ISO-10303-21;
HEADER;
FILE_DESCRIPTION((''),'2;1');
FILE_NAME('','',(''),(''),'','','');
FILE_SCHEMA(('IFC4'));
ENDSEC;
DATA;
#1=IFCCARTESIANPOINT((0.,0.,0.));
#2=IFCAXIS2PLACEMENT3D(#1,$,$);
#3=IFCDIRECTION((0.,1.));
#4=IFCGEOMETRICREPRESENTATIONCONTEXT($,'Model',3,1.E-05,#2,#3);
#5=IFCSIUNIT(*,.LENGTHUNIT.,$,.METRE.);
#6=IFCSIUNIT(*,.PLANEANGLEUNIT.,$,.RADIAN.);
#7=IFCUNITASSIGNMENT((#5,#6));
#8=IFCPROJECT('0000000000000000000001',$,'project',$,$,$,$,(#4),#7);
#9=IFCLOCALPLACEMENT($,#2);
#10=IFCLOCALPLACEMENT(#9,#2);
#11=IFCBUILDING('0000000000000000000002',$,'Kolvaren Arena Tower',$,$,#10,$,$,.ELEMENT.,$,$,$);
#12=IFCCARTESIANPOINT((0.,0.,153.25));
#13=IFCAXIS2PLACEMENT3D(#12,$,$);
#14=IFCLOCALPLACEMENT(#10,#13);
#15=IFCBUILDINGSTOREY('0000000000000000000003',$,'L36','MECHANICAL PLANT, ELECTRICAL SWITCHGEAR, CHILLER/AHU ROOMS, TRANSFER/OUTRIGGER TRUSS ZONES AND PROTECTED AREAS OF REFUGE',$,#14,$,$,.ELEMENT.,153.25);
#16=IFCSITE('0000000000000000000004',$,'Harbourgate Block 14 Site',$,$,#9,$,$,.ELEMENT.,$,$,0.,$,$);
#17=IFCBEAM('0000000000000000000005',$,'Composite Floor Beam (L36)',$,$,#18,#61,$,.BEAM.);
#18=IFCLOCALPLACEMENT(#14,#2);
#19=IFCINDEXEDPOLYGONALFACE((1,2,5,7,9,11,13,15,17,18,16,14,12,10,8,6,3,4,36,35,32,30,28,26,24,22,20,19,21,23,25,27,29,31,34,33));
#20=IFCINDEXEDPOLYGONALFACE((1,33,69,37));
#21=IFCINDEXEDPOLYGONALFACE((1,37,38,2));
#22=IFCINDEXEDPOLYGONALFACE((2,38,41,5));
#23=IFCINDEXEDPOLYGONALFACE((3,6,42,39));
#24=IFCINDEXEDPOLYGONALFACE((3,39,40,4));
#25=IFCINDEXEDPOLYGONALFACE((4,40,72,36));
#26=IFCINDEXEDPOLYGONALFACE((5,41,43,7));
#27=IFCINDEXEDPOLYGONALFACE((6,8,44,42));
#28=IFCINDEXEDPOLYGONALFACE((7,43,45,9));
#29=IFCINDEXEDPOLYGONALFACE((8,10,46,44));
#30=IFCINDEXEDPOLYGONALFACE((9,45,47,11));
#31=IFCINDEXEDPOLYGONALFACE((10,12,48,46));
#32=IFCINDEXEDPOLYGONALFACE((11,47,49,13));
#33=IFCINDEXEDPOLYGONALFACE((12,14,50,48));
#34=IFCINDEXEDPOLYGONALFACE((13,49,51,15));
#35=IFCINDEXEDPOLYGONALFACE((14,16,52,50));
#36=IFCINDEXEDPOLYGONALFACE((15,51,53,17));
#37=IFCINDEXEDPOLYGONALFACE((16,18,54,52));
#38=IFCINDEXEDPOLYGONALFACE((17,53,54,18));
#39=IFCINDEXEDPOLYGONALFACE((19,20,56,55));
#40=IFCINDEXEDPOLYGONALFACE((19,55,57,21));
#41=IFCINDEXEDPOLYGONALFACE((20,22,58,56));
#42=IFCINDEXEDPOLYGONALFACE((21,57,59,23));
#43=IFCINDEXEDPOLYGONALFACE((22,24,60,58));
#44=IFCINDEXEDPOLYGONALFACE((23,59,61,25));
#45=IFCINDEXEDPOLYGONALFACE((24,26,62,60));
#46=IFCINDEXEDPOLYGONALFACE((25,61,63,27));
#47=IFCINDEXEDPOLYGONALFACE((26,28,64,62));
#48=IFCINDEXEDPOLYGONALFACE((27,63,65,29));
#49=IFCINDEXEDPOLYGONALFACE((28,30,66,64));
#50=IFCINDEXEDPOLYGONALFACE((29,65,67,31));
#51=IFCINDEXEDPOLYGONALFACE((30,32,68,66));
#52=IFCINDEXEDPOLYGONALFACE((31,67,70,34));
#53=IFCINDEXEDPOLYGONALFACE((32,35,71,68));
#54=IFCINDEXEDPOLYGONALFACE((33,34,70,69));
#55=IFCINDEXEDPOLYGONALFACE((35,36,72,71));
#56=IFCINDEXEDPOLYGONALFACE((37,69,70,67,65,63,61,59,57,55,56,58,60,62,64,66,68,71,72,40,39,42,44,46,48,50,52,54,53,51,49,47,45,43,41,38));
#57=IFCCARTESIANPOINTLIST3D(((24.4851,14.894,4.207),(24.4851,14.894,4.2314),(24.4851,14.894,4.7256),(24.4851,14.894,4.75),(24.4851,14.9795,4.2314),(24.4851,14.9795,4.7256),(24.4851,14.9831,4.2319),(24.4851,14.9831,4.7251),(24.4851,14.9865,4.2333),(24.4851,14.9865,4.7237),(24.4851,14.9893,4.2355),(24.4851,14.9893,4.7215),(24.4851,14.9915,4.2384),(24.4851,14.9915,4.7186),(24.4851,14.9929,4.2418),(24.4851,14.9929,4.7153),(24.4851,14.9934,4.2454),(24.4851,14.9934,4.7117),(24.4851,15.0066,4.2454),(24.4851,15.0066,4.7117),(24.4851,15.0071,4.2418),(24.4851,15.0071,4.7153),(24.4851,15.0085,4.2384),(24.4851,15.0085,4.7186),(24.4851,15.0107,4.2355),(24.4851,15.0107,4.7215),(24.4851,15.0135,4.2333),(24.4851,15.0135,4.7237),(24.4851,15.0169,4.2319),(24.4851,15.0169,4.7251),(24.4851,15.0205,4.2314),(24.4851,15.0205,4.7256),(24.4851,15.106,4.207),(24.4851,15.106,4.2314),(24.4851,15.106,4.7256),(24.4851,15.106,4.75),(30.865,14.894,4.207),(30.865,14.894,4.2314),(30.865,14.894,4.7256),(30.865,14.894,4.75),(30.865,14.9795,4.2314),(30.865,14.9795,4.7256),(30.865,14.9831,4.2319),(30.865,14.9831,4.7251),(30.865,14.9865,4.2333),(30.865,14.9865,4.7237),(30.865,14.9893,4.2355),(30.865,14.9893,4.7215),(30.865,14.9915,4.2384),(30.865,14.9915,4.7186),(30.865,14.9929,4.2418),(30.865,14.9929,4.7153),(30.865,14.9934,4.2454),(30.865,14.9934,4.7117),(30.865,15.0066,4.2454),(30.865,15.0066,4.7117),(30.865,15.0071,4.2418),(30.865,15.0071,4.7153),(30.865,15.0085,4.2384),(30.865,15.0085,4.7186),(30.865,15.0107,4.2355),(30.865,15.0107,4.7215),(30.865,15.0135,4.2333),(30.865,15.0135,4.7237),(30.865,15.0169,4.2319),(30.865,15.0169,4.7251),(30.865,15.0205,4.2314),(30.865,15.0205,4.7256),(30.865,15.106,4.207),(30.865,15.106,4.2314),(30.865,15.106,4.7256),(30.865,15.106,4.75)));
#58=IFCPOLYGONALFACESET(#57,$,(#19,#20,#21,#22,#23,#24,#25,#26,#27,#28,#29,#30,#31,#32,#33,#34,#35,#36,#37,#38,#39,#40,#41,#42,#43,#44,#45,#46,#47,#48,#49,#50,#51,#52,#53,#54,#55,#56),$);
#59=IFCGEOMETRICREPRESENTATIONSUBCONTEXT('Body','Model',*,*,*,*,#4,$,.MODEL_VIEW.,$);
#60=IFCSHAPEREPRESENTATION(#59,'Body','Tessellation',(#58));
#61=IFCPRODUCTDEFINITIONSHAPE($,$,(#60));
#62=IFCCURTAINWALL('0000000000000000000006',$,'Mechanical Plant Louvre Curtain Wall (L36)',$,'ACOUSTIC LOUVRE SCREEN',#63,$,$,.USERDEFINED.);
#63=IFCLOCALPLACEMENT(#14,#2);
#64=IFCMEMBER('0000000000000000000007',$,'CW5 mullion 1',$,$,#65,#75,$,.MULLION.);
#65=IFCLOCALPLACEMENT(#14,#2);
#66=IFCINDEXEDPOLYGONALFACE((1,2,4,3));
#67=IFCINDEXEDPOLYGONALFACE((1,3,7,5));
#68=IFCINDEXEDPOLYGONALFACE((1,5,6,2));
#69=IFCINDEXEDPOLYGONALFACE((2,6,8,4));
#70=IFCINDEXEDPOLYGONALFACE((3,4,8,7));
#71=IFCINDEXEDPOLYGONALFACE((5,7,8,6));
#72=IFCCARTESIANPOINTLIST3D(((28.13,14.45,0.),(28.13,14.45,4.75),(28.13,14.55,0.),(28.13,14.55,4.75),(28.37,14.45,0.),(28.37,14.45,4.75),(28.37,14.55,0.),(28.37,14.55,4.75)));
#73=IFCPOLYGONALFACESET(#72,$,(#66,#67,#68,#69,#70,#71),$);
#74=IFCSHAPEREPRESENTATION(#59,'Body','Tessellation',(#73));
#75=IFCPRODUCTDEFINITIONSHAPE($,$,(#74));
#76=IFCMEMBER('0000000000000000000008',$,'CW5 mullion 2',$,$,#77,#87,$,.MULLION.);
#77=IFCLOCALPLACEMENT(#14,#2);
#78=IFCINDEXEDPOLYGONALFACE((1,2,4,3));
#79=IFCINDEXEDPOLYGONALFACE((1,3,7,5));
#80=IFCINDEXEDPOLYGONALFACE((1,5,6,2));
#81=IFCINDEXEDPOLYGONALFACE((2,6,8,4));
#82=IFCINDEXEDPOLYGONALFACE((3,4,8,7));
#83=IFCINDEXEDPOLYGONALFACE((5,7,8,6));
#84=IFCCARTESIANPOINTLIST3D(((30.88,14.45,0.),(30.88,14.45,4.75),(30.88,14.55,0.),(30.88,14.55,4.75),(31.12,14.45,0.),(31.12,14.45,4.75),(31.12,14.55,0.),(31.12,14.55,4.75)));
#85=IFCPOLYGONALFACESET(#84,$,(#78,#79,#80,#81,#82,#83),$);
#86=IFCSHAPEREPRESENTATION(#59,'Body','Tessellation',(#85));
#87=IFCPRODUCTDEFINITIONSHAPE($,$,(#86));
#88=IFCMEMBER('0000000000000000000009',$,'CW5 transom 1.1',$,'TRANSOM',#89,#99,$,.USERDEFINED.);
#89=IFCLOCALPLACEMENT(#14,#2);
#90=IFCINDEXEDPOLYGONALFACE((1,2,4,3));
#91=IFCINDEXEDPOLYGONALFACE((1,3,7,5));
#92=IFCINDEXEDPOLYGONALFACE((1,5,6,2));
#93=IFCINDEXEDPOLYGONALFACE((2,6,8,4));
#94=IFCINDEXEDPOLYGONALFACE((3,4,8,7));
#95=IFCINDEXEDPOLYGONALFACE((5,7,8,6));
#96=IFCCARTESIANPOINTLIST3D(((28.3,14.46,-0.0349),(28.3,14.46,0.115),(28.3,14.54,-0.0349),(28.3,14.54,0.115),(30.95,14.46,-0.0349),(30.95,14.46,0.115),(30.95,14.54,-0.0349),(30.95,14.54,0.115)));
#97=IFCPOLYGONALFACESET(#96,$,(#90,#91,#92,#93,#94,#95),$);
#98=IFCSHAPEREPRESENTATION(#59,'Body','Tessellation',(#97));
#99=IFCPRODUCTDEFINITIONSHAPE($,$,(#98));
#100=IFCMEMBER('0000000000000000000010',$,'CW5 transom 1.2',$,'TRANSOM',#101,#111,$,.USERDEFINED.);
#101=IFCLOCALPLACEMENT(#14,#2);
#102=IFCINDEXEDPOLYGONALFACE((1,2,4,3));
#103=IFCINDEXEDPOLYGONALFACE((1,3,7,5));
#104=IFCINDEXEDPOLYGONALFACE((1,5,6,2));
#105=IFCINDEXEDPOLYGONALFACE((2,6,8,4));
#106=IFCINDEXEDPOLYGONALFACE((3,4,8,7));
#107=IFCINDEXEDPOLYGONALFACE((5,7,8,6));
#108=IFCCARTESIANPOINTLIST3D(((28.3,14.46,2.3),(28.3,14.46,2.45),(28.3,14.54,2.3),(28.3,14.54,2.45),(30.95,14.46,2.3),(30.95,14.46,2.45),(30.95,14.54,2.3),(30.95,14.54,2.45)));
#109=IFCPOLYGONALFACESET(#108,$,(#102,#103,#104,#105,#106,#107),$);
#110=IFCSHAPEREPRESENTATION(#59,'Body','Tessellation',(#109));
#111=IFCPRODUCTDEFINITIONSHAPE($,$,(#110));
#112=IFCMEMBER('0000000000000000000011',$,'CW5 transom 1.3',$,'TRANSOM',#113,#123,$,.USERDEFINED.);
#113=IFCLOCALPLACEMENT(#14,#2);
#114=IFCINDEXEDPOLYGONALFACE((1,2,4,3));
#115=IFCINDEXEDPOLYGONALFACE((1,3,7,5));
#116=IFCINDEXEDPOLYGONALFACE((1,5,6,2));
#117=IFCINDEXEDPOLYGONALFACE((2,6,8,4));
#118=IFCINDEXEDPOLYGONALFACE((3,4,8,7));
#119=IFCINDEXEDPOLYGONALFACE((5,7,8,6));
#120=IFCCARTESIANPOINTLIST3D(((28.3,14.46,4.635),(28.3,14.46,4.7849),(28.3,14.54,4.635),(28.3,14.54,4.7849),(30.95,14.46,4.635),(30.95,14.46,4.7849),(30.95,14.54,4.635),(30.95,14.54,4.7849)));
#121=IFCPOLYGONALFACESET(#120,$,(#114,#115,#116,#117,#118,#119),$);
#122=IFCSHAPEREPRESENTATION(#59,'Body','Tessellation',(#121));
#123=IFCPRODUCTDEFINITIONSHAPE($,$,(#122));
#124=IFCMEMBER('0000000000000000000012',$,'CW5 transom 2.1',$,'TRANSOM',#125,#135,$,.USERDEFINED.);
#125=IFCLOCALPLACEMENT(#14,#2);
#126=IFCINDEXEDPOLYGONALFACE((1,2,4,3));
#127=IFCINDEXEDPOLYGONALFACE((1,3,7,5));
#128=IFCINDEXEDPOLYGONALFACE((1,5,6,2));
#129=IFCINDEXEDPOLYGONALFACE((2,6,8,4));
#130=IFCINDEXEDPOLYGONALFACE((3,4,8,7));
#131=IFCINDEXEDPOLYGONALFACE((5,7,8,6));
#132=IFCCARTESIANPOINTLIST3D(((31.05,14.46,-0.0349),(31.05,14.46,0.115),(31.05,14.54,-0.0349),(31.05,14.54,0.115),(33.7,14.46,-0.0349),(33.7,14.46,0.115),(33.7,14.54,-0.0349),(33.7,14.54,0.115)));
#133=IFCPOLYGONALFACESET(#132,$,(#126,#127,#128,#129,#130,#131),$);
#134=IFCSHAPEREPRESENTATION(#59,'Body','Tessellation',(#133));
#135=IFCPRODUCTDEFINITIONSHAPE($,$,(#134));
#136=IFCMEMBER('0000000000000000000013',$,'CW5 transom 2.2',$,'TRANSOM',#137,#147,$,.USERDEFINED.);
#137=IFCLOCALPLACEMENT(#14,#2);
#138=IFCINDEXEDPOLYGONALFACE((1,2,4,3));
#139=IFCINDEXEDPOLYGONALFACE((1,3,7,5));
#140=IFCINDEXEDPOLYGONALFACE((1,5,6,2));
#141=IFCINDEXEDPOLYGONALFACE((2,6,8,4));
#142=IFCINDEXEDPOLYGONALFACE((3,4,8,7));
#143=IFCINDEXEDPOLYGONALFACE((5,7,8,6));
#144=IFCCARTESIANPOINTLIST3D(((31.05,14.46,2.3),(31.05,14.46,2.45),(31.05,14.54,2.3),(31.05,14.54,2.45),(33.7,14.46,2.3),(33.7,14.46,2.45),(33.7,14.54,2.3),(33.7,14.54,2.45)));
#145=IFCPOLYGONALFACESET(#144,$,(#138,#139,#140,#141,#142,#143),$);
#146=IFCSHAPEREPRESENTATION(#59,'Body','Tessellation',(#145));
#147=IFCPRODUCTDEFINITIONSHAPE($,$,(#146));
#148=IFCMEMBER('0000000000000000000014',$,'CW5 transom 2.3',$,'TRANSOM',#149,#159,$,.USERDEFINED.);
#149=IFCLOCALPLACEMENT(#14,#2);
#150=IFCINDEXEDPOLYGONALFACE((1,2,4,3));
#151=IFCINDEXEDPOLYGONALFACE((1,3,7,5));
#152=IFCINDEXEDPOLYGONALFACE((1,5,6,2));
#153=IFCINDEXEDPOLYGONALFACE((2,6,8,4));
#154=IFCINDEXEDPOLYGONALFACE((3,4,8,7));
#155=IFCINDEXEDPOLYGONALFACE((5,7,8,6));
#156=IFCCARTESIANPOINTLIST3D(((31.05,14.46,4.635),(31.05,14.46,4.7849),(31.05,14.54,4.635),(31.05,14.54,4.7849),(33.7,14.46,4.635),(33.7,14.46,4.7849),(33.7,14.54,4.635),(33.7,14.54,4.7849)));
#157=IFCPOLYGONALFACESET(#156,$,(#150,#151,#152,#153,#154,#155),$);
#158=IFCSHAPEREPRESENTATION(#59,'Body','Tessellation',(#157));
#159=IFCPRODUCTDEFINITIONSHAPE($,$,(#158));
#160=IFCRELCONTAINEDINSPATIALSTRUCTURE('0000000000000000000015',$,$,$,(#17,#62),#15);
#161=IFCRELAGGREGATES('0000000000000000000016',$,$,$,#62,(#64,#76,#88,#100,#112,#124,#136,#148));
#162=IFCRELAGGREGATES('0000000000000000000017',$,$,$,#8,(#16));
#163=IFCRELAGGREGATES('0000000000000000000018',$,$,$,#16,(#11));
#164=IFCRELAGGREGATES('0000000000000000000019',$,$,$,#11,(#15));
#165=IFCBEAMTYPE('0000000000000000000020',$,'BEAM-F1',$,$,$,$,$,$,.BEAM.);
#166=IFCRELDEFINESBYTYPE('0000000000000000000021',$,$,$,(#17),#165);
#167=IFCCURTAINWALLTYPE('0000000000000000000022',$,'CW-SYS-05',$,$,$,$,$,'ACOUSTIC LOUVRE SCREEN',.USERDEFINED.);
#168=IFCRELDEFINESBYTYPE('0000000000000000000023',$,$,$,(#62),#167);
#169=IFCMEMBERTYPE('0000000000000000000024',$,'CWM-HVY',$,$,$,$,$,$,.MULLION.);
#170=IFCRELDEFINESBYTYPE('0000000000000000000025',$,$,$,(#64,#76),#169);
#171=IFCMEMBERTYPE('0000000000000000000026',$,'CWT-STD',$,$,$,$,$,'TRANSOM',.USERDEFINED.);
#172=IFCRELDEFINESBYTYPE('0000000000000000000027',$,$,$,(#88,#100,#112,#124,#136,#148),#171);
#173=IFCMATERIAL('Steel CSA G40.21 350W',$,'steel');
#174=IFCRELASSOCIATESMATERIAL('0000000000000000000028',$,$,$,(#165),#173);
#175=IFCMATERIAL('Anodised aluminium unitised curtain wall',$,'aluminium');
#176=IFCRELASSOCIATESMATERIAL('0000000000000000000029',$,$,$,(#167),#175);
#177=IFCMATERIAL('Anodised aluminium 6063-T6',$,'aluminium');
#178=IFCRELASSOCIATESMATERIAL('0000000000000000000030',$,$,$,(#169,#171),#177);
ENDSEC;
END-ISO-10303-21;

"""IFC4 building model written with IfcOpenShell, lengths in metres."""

from ifc_helpers import new_model, si_unit, direction, frame, origin, origin_2d, place, context, subcontext, project, spatial, rectangle, i_section, extrude, material, material_profile, profile_set, type_object, element, aggregate, save


model = new_model("IFC4")

# Units and contexts
model_context = context("Model", 3, precision=1e-05, world=origin(), true_north=direction((0.0, 1.0)))
body_context = subcontext(model_context, "Body", "Model", "MODEL_VIEW")
ifc_project = project(units=[si_unit("LENGTHUNIT", "METRE"), si_unit("PLANEANGLEUNIT", "RADIAN")], contexts=[model_context])

# Site, building, storey
site_placement = place(None, origin())
site = spatial("IfcSite", under=ifc_project, at=site_placement, Name="Harbourgate Block 14 Site", CompositionType="ELEMENT", RefElevation=0.0)
building_placement = place(site_placement, origin())
building = spatial("IfcBuilding", under=site, at=building_placement, Name="Kolvaren Arena Tower", CompositionType="ELEMENT")
storey_placement = place(building_placement, frame((0.0, 0.0, 153.25)))
storey = spatial("IfcBuildingStorey", under=building, at=storey_placement, Name="L36", Description="MECHANICAL PLANT, ELECTRICAL SWITCHGEAR, CHILLER/AHU ROOMS, TRANSFER/OUTRIGGER TRUSS ZONES AND PROTECTED AREAS OF REFUGE", CompositionType="ELEMENT", Elevation=153.25)

# Beam
ifc_material_1 = material(Name="Steel CSA G40.21 350W", Category="steel")
ifc_material_profile_1 = material_profile(ifc_material_1, i_section(OverallWidth=0.2119, OverallDepth=0.543, WebThickness=0.0132, FlangeThickness=0.0244, FilletRadius=0.0139, at=origin_2d()), Name="W530x150")
ifc_profile_set_1 = profile_set([ifc_material_profile_1], Name="Steel CSA G40.21 350W")
beam_type_1 = type_object("IfcBeamType", Name="BEAM-F1", PredefinedType="BEAM", material=ifc_profile_set_1)
for number, where, z_axis, x_axis, name in (
    (1, (24.4851, 15.0, 4.4785), (1.0, 0.0, 0.0), (0.0, 1.0, 0.0), "Composite Floor Beam (L36)"),
):
    element("IfcBeam", number, at=place(storey_placement, frame(where, z_axis=z_axis, x_axis=x_axis)), inside=storey, type_object=beam_type_1, Name=name, PredefinedType="BEAM", context=body_context, shape_type="SweptSolid", body=[
        extrude(i_section(OverallWidth=0.2119, OverallDepth=0.543, WebThickness=0.0132, FlangeThickness=0.0244, FilletRadius=0.0139, at=origin_2d()), origin(), (0.0, 0.0, 1.0), 6.3799),
    ])

# Curtain wall, members
ifc_material_2 = material(Name="Anodised aluminium unitised curtain wall", Category="aluminium")
curtain_wall_type = type_object("IfcCurtainWallType", Name="CW-SYS-05", ElementType="ACOUSTIC LOUVRE SCREEN", PredefinedType="USERDEFINED", material=ifc_material_2)
curtain_wall_placement = place(storey_placement, origin())
curtain_wall = element("IfcCurtainWall", 2, at=curtain_wall_placement, inside=storey, type_object=curtain_wall_type, Name="Mechanical Plant Louvre Curtain Wall (L36)", ObjectType="ACOUSTIC LOUVRE SCREEN", PredefinedType="USERDEFINED")
ifc_material_3 = material(Name="Anodised aluminium 6063-T6", Category="aluminium")
ifc_material_profile_2 = material_profile(ifc_material_3, rectangle(XDim=0.1001, YDim=0.24, at=origin_2d()), Name="ALU-100x240")
ifc_profile_set_2 = profile_set([ifc_material_profile_2], Name="Anodised aluminium 6063-T6")
member_type_1 = type_object("IfcMemberType", Name="CWM-HVY", PredefinedType="MULLION", material=ifc_profile_set_2)
member_1_placement = place(storey_placement, frame((28.25, 14.5, 0.0), z_axis=(0.0, 0.0, 1.0), x_axis=(0.0, 1.0, 0.0)))
member_1 = element("IfcMember", 3, at=member_1_placement, type_object=member_type_1, Name="CW5 mullion 1", PredefinedType="MULLION", context=body_context, shape_type="SweptSolid", body=[
    extrude(rectangle(XDim=0.1001, YDim=0.24, at=origin_2d()), origin(), (0.0, 0.0, 1.0), 4.75),
])
member_2_placement = place(storey_placement, frame((31.0, 14.5, 0.0), z_axis=(0.0, 0.0, 1.0), x_axis=(0.0, 1.0, 0.0)))
member_2 = element("IfcMember", 4, at=member_2_placement, type_object=member_type_1, Name="CW5 mullion 2", PredefinedType="MULLION", context=body_context, shape_type="SweptSolid", body=[
    extrude(rectangle(XDim=0.1001, YDim=0.24, at=origin_2d()), origin(), (0.0, 0.0, 1.0), 4.75),
])
ifc_material_profile_3 = material_profile(ifc_material_3, rectangle(XDim=0.0801, YDim=0.1499, at=origin_2d()), Name="ALU-80x150")
ifc_profile_set_3 = profile_set([ifc_material_profile_3], Name="Anodised aluminium 6063-T6")
member_type_2 = type_object("IfcMemberType", Name="CWT-STD", ElementType="TRANSOM", PredefinedType="USERDEFINED", material=ifc_profile_set_3)
member_3_placement = place(storey_placement, frame((28.3, 14.5, 0.04), z_axis=(1.0, 0.0, 0.0), x_axis=(0.0, 1.0, 0.0)))
member_3 = element("IfcMember", 5, at=member_3_placement, type_object=member_type_2, Name="CW5 transom 1.1", ObjectType="TRANSOM", PredefinedType="USERDEFINED", context=body_context, shape_type="SweptSolid", body=[
    extrude(rectangle(XDim=0.0801, YDim=0.1499, at=origin_2d()), origin(), (0.0, 0.0, 1.0), 2.6499),
])
member_4_placement = place(storey_placement, frame((28.3, 14.5, 2.375), z_axis=(1.0, 0.0, 0.0), x_axis=(0.0, 1.0, 0.0)))
member_4 = element("IfcMember", 6, at=member_4_placement, type_object=member_type_2, Name="CW5 transom 1.2", ObjectType="TRANSOM", PredefinedType="USERDEFINED", context=body_context, shape_type="SweptSolid", body=[
    extrude(rectangle(XDim=0.0801, YDim=0.1499, at=origin_2d()), origin(), (0.0, 0.0, 1.0), 2.6499),
])
member_5_placement = place(storey_placement, frame((28.3, 14.5, 4.71), z_axis=(1.0, 0.0, 0.0), x_axis=(0.0, 1.0, 0.0)))
member_5 = element("IfcMember", 7, at=member_5_placement, type_object=member_type_2, Name="CW5 transom 1.3", ObjectType="TRANSOM", PredefinedType="USERDEFINED", context=body_context, shape_type="SweptSolid", body=[
    extrude(rectangle(XDim=0.0801, YDim=0.1499, at=origin_2d()), origin(), (0.0, 0.0, 1.0), 2.6499),
])
member_6_placement = place(storey_placement, frame((31.05, 14.5, 0.04), z_axis=(1.0, 0.0, 0.0), x_axis=(0.0, 1.0, 0.0)))
member_6 = element("IfcMember", 8, at=member_6_placement, type_object=member_type_2, Name="CW5 transom 2.1", ObjectType="TRANSOM", PredefinedType="USERDEFINED", context=body_context, shape_type="SweptSolid", body=[
    extrude(rectangle(XDim=0.0801, YDim=0.1499, at=origin_2d()), origin(), (0.0, 0.0, 1.0), 2.6499),
])
member_7_placement = place(storey_placement, frame((31.05, 14.5, 2.375), z_axis=(1.0, 0.0, 0.0), x_axis=(0.0, 1.0, 0.0)))
member_7 = element("IfcMember", 9, at=member_7_placement, type_object=member_type_2, Name="CW5 transom 2.2", ObjectType="TRANSOM", PredefinedType="USERDEFINED", context=body_context, shape_type="SweptSolid", body=[
    extrude(rectangle(XDim=0.0801, YDim=0.1499, at=origin_2d()), origin(), (0.0, 0.0, 1.0), 2.6499),
])
member_8_placement = place(storey_placement, frame((31.05, 14.5, 4.71), z_axis=(1.0, 0.0, 0.0), x_axis=(0.0, 1.0, 0.0)))
member_8 = element("IfcMember", 10, at=member_8_placement, type_object=member_type_2, Name="CW5 transom 2.3", ObjectType="TRANSOM", PredefinedType="USERDEFINED", context=body_context, shape_type="SweptSolid", body=[
    extrude(rectangle(XDim=0.0801, YDim=0.1499, at=origin_2d()), origin(), (0.0, 0.0, 1.0), 2.6499),
])

aggregate(curtain_wall, [member_1, member_2, member_3, member_4, member_5, member_6, member_7, member_8])

save(model, "model.ifc")
